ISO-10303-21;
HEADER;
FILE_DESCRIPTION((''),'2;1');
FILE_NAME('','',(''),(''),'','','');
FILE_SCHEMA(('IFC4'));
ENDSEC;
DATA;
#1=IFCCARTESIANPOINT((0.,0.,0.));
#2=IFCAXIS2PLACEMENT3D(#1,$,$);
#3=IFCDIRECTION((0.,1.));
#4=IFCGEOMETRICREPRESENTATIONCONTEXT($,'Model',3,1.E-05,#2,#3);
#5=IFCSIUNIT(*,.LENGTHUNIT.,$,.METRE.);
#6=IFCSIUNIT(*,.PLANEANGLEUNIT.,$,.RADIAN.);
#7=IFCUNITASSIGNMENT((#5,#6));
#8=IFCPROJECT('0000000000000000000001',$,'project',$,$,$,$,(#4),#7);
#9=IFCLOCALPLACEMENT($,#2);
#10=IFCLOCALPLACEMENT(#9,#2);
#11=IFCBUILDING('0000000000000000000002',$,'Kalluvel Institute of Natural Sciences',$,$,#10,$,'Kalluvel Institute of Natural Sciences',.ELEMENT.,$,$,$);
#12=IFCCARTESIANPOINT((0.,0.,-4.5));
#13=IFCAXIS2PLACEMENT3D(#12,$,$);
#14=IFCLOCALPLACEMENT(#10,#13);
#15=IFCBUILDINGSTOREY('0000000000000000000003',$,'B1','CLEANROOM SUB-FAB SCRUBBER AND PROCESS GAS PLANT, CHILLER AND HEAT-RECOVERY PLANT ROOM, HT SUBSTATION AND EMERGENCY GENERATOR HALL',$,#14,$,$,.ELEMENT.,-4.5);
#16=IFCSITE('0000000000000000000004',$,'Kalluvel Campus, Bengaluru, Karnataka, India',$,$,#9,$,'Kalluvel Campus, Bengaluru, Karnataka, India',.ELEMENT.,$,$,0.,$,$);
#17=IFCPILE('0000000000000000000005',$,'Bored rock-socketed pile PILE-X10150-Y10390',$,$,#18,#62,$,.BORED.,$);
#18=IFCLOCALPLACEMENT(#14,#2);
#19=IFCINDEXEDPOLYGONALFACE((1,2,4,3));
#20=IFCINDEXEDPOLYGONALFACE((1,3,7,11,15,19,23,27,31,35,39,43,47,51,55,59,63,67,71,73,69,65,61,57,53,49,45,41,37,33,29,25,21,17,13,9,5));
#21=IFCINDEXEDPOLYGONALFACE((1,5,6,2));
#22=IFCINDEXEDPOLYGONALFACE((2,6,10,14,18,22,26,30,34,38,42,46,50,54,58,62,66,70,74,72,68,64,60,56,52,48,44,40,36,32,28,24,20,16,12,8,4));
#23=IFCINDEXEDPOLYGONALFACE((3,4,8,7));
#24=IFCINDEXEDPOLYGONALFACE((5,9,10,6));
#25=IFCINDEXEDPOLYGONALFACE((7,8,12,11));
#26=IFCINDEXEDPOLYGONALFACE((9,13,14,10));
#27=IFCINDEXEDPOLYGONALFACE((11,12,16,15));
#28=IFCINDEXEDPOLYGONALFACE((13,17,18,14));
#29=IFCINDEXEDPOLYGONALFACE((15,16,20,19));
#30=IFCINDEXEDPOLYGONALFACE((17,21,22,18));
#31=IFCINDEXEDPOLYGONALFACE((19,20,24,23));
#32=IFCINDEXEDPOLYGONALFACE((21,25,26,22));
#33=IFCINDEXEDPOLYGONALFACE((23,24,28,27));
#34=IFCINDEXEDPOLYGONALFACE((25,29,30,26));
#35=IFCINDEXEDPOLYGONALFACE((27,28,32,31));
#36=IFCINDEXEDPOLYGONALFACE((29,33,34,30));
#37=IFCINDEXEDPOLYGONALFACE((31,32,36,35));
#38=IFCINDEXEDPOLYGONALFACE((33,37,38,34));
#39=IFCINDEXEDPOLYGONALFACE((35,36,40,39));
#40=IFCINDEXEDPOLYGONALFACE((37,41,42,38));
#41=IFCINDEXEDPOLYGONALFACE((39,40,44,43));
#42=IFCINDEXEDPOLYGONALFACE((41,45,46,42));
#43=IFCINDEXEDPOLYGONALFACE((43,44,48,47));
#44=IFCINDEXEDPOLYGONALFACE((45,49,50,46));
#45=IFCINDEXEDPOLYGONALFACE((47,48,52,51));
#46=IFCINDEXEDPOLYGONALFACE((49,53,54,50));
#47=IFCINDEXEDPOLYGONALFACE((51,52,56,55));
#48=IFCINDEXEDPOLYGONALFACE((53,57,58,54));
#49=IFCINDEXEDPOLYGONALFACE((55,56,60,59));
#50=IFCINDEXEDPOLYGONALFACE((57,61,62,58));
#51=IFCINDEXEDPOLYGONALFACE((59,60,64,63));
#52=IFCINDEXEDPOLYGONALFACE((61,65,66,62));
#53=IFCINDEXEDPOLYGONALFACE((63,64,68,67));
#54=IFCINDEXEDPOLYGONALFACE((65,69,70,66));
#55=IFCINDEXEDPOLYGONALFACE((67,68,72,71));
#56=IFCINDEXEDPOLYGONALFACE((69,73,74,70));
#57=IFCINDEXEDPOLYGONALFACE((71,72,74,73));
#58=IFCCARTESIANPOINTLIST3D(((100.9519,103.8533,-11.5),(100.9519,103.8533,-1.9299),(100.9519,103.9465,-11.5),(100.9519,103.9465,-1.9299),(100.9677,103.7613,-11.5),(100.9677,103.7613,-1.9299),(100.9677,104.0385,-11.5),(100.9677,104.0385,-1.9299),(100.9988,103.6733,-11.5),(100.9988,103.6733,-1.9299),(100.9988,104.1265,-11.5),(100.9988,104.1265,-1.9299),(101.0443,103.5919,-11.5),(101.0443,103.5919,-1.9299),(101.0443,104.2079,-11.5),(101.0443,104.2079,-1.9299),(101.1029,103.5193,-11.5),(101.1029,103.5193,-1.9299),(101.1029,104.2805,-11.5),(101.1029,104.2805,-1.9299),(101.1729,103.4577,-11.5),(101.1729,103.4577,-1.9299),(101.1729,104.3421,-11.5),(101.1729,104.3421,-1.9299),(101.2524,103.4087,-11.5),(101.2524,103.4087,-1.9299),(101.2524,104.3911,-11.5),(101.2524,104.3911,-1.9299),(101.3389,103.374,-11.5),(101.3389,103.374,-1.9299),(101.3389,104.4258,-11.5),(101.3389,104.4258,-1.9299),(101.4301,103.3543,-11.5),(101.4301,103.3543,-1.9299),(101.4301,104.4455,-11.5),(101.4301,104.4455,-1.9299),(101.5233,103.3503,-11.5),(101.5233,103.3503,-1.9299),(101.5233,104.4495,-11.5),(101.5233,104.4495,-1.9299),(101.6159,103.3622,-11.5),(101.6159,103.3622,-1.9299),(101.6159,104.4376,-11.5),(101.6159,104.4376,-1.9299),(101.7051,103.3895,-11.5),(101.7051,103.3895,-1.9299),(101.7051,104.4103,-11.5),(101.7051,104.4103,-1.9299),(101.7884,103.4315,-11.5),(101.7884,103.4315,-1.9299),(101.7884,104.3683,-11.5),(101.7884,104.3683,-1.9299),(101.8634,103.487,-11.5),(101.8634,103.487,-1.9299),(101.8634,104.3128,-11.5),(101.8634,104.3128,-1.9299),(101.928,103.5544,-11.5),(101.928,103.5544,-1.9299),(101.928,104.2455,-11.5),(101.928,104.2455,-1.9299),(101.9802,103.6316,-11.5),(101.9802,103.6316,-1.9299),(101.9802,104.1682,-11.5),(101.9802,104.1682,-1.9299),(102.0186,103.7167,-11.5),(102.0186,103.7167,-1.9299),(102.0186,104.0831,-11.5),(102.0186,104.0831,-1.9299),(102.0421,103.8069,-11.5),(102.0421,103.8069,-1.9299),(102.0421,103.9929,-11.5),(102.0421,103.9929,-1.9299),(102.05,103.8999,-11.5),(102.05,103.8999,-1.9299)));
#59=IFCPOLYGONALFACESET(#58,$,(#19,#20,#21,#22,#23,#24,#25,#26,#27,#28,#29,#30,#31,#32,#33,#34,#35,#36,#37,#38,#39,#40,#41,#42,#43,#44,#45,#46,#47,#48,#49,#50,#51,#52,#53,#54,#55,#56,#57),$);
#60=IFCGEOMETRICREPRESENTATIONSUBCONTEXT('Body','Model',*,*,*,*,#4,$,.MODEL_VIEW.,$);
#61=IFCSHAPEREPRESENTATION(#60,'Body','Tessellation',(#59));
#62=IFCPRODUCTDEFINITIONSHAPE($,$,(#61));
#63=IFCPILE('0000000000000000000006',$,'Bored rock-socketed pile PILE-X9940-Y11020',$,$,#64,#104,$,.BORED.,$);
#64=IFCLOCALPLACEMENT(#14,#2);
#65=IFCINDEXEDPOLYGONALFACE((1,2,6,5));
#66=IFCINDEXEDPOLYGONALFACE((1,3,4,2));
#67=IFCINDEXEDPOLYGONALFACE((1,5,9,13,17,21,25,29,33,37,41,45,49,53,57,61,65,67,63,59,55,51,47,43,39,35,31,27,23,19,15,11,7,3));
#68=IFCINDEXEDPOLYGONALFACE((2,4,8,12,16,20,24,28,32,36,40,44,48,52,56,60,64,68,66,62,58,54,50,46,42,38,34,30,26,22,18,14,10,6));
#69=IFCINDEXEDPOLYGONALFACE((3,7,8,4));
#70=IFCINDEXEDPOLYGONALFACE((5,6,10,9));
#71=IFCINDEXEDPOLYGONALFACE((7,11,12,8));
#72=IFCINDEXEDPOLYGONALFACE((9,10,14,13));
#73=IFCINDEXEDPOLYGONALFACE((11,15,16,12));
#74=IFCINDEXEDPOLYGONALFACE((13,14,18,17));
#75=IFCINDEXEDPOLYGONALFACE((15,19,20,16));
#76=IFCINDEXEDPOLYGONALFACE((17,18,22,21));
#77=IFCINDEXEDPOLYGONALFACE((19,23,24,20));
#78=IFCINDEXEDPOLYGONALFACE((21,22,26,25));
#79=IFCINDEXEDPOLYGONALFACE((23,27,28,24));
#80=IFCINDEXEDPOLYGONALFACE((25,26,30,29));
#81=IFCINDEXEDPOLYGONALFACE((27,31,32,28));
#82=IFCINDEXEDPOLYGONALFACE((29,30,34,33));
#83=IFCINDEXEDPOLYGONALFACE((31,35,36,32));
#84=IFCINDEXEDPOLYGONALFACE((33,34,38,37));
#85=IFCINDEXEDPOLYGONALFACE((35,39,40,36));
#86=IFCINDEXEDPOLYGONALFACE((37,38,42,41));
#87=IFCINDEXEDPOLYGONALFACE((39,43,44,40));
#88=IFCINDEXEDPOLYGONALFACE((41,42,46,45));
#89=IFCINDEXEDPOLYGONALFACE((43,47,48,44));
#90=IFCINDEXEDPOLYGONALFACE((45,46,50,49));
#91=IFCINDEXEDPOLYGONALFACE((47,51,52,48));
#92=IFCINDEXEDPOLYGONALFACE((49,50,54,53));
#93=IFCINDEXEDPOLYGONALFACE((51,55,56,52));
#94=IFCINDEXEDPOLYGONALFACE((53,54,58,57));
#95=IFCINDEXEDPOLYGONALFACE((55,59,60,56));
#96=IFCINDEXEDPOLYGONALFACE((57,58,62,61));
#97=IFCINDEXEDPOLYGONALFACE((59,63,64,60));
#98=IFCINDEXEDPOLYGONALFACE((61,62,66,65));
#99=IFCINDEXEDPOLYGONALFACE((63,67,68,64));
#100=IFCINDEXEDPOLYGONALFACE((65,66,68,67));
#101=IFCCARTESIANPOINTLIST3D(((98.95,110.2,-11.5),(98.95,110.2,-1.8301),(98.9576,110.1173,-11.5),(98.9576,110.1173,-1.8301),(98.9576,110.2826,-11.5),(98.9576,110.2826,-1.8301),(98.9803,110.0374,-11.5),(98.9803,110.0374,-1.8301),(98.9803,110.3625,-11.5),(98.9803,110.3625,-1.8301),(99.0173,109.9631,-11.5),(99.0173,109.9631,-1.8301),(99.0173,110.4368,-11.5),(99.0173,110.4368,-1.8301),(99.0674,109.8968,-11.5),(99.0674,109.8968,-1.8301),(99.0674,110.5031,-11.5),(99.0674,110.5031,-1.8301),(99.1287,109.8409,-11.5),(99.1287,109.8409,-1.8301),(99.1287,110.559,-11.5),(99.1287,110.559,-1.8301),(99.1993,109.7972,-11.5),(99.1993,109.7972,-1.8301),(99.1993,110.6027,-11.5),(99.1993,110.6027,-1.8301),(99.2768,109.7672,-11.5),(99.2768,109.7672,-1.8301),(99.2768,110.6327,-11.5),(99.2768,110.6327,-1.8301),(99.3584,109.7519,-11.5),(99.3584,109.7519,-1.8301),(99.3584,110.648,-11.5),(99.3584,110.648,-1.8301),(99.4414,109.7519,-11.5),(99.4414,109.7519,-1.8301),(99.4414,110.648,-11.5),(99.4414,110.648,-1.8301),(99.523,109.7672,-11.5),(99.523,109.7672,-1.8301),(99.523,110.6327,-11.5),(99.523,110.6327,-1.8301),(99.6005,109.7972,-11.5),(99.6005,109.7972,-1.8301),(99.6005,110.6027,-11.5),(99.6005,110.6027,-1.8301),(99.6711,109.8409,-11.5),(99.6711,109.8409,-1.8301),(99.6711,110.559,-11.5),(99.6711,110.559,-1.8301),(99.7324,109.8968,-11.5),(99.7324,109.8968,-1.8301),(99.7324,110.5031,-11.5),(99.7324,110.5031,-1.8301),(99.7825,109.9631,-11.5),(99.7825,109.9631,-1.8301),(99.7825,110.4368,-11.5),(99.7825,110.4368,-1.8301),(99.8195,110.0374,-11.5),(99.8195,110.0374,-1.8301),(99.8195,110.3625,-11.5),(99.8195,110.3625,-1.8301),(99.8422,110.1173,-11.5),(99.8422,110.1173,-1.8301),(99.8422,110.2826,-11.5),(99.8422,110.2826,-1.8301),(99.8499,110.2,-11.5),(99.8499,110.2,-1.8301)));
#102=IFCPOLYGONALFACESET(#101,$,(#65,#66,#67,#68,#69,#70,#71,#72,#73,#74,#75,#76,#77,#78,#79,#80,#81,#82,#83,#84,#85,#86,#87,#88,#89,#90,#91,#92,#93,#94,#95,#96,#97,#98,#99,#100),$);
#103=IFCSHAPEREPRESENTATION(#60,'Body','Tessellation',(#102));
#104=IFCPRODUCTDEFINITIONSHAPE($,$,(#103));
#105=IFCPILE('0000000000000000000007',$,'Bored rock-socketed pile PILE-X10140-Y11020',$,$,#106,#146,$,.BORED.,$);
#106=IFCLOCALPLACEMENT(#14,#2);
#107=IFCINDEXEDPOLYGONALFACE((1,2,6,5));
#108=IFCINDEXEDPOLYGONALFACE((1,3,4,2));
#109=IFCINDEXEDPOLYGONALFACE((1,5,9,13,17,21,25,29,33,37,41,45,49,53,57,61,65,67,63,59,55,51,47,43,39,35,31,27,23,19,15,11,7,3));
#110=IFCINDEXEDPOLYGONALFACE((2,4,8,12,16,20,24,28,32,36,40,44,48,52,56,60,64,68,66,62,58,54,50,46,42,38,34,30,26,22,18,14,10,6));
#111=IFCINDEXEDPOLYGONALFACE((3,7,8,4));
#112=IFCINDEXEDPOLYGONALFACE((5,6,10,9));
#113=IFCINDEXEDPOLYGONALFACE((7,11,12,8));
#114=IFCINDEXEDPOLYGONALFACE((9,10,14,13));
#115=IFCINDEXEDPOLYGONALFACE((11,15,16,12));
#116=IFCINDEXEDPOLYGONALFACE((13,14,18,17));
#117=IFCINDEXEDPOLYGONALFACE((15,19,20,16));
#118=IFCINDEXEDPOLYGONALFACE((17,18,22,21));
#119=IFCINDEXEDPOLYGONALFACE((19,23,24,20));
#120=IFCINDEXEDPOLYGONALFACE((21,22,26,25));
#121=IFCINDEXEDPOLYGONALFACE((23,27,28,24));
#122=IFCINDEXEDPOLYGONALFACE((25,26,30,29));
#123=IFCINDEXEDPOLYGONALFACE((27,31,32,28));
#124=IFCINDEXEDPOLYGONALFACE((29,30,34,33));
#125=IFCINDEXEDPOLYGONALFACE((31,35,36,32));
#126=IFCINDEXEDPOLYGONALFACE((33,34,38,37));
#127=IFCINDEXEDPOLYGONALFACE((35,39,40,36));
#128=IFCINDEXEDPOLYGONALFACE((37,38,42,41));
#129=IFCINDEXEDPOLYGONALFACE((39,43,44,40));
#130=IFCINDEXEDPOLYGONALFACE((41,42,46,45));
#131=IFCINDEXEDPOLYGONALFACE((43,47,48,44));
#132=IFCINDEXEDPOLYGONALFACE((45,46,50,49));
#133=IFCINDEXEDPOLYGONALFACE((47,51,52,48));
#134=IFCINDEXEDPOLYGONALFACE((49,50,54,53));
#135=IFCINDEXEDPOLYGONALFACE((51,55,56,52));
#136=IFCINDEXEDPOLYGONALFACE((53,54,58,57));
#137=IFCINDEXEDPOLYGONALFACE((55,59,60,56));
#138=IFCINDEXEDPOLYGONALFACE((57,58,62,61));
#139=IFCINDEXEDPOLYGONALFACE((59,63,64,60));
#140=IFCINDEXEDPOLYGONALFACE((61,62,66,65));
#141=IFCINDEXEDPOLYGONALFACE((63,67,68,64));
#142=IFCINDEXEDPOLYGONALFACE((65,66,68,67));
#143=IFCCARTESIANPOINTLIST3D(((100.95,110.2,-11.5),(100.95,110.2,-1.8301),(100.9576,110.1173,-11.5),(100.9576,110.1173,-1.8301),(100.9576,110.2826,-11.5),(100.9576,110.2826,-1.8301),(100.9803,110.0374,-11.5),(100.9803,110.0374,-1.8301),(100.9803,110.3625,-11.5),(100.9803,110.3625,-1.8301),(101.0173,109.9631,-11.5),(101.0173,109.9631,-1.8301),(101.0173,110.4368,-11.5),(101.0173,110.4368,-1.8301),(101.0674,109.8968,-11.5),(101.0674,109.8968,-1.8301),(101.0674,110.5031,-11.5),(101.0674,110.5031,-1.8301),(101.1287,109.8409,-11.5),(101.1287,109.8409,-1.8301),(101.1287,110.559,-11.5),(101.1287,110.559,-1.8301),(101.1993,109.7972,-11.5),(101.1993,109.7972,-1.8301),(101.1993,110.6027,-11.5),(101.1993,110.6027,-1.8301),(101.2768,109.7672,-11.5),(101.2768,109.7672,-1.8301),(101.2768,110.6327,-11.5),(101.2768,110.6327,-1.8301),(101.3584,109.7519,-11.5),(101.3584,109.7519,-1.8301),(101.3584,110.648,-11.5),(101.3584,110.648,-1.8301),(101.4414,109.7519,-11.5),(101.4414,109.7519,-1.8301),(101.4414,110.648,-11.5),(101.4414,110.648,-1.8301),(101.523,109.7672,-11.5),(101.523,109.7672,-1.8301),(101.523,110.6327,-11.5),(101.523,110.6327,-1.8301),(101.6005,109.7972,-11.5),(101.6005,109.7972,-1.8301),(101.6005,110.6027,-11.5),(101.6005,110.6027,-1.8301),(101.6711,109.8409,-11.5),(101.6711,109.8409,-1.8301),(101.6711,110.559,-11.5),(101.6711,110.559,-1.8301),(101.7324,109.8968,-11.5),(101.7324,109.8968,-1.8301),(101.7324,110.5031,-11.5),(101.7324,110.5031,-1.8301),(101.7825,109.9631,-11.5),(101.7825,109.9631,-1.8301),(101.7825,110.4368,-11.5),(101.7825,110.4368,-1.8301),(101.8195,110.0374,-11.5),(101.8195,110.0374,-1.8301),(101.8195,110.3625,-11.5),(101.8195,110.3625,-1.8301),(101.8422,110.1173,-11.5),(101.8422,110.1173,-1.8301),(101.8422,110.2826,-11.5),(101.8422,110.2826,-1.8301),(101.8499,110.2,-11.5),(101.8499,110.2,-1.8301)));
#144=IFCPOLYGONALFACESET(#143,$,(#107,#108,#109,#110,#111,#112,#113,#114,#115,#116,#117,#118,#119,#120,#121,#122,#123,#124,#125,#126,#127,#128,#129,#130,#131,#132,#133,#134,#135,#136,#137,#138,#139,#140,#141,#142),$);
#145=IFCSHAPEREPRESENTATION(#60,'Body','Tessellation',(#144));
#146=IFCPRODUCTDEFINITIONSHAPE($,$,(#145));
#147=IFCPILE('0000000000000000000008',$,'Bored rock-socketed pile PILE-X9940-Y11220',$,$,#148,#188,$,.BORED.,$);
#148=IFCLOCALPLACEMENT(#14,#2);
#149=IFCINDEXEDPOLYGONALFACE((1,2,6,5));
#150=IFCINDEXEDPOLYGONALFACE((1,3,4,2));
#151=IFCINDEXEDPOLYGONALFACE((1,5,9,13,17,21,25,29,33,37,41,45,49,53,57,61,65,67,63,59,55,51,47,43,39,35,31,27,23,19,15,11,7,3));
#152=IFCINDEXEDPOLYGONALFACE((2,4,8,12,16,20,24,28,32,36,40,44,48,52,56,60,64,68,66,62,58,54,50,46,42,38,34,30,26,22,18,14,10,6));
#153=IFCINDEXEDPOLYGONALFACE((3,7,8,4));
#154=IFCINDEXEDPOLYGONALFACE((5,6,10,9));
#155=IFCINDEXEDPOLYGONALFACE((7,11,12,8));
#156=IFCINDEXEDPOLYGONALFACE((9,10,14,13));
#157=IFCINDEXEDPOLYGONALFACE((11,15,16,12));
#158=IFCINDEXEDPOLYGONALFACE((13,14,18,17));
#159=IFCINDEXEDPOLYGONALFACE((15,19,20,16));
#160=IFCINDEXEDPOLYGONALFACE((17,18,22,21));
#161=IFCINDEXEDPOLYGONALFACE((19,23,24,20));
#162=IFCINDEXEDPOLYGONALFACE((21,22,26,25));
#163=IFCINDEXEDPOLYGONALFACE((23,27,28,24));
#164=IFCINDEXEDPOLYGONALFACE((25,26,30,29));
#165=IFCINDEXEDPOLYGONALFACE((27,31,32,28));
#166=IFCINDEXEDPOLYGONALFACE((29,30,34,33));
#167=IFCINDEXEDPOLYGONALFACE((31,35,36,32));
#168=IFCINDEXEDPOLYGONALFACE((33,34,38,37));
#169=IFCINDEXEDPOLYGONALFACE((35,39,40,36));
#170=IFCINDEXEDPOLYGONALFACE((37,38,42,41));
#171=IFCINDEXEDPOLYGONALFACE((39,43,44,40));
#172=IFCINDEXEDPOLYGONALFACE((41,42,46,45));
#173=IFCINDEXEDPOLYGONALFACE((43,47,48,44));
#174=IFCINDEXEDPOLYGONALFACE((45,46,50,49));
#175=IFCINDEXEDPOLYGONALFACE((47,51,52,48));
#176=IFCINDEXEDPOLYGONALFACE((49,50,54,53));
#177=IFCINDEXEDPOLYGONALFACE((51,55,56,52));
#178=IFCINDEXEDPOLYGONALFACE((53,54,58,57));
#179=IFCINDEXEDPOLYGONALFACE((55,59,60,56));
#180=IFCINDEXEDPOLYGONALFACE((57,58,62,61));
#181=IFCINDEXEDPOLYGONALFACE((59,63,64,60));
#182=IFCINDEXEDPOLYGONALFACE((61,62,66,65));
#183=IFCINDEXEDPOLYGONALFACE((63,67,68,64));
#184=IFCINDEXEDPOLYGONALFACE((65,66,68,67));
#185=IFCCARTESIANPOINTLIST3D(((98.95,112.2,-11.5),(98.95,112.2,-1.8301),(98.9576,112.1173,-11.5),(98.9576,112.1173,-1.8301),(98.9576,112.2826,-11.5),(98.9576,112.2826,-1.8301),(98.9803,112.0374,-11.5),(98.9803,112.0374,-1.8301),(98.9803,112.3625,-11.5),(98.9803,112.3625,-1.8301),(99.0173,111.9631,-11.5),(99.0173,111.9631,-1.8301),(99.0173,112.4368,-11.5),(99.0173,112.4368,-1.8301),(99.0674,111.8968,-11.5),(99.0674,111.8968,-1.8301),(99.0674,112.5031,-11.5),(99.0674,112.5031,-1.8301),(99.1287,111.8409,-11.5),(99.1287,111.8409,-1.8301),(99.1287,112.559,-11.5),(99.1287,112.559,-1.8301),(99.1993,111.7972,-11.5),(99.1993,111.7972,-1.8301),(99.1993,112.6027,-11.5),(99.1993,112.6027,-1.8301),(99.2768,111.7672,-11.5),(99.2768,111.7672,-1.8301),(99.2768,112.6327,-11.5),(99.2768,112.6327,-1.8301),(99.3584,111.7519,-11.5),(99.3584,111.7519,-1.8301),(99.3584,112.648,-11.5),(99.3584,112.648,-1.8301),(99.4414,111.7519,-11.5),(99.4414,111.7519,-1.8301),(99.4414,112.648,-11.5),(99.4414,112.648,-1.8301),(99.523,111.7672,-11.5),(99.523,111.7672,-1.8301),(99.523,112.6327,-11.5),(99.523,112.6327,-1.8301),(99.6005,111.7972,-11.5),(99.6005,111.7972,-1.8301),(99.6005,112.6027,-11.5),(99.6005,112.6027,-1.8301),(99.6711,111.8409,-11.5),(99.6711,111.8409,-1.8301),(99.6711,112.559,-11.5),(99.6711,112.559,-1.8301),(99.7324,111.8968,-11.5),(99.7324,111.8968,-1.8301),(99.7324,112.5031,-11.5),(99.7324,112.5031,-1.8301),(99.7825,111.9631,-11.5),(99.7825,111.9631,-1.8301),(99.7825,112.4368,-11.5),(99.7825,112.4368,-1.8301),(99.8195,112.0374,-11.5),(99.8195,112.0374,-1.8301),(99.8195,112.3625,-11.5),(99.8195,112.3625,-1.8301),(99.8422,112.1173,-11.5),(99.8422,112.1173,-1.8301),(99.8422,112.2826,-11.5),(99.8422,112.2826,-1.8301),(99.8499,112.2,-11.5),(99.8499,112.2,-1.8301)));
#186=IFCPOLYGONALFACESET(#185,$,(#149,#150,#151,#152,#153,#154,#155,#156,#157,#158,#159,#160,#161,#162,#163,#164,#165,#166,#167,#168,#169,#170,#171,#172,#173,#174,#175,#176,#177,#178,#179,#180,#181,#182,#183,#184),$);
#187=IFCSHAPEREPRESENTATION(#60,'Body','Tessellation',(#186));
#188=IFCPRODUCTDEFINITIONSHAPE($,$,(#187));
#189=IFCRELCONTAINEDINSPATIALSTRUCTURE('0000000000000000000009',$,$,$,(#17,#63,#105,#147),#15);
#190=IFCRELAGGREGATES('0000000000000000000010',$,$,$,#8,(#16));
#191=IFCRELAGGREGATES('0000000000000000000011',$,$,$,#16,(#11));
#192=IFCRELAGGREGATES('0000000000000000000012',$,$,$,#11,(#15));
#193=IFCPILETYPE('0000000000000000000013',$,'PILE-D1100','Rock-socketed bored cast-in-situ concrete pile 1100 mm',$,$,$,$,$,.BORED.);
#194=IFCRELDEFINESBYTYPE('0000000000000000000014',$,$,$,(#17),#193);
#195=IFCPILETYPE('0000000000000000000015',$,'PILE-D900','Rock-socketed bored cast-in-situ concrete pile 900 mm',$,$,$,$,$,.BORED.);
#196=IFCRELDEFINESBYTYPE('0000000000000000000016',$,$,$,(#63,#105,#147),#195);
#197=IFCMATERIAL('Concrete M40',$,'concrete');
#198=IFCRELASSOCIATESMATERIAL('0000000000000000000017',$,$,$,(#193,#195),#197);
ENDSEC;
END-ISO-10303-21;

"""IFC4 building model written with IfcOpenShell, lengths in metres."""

from ifc_helpers import new_model, si_unit, direction, frame, origin, origin_2d, place, context, subcontext, project, spatial, circle, extrude, material, material_profile, profile_set, type_object, element, save


model = new_model("IFC4")

# Units and contexts
model_context = context("Model", 3, precision=1e-05, world=origin(), true_north=direction((0.0, 1.0)))
body_context = subcontext(model_context, "Body", "Model", "MODEL_VIEW")
ifc_project = project(units=[si_unit("LENGTHUNIT", "METRE"), si_unit("PLANEANGLEUNIT", "RADIAN")], contexts=[model_context])

# Site, building, storey
site_placement = place(None, origin())
site = spatial("IfcSite", under=ifc_project, at=site_placement, Name="Kalluvel Campus, Bengaluru, Karnataka, India", LongName="Kalluvel Campus, Bengaluru, Karnataka, India", CompositionType="ELEMENT", RefElevation=0.0)
building_placement = place(site_placement, origin())
building = spatial("IfcBuilding", under=site, at=building_placement, Name="Kalluvel Institute of Natural Sciences", LongName="Kalluvel Institute of Natural Sciences", CompositionType="ELEMENT")
storey_placement = place(building_placement, frame((0.0, 0.0, -4.5)))
storey = spatial("IfcBuildingStorey", under=building, at=storey_placement, Name="B1", Description="CLEANROOM SUB-FAB SCRUBBER AND PROCESS GAS PLANT, CHILLER AND HEAT-RECOVERY PLANT ROOM, HT SUBSTATION AND EMERGENCY GENERATOR HALL", CompositionType="ELEMENT", Elevation=-4.5)

# Shared definitions
ifc_material_1 = material(Name="Concrete M40", Category="concrete")

# Piles
ifc_material_profile_1 = material_profile(ifc_material_1, circle(Radius=0.55, at=origin_2d()), Name="PILE D1100")
ifc_profile_set_1 = profile_set([ifc_material_profile_1], Name="Concrete M40")
pile_type_1 = type_object("IfcPileType", Name="PILE-D1100", Description="Rock-socketed bored cast-in-situ concrete pile 1100 mm", PredefinedType="BORED", material=ifc_profile_set_1)
for number, where, z_axis, x_axis, name in (
    (1, (101.5, 103.8999, -1.9299), (0.0, 0.0, -1.0), (1.0, 0.0, 0.0), "Bored rock-socketed pile PILE-X10150-Y10390"),
):
    element("IfcPile", number, at=place(storey_placement, frame(where, z_axis=z_axis, x_axis=x_axis)), inside=storey, type_object=pile_type_1, Name=name, PredefinedType="BORED", context=body_context, shape_type="SweptSolid", body=[
        extrude(circle(Radius=0.55, at=origin_2d()), origin(), (0.0, 0.0, 1.0), 9.5701),
    ])
ifc_material_profile_2 = material_profile(ifc_material_1, circle(Radius=0.45, at=origin_2d()), Name="PILE D900")
ifc_profile_set_2 = profile_set([ifc_material_profile_2], Name="Concrete M40")
pile_type_2 = type_object("IfcPileType", Name="PILE-D900", Description="Rock-socketed bored cast-in-situ concrete pile 900 mm", PredefinedType="BORED", material=ifc_profile_set_2)
for number, where, z_axis, x_axis, name in (
    (2, (99.3999, 110.2, -1.8301), (0.0, 0.0, -1.0), (1.0, 0.0, 0.0), "Bored rock-socketed pile PILE-X9940-Y11020"),
    (3, (101.3999, 110.2, -1.8301), (0.0, 0.0, -1.0), (1.0, 0.0, 0.0), "Bored rock-socketed pile PILE-X10140-Y11020"),
    (4, (99.3999, 112.2, -1.8301), (0.0, 0.0, -1.0), (1.0, 0.0, 0.0), "Bored rock-socketed pile PILE-X9940-Y11220"),
):
    element("IfcPile", number, at=place(storey_placement, frame(where, z_axis=z_axis, x_axis=x_axis)), inside=storey, type_object=pile_type_2, Name=name, PredefinedType="BORED", context=body_context, shape_type="SweptSolid", body=[
        extrude(circle(Radius=0.45, at=origin_2d()), origin(), (0.0, 0.0, 1.0), 9.6699),
    ])

save(model, "model.ifc")
